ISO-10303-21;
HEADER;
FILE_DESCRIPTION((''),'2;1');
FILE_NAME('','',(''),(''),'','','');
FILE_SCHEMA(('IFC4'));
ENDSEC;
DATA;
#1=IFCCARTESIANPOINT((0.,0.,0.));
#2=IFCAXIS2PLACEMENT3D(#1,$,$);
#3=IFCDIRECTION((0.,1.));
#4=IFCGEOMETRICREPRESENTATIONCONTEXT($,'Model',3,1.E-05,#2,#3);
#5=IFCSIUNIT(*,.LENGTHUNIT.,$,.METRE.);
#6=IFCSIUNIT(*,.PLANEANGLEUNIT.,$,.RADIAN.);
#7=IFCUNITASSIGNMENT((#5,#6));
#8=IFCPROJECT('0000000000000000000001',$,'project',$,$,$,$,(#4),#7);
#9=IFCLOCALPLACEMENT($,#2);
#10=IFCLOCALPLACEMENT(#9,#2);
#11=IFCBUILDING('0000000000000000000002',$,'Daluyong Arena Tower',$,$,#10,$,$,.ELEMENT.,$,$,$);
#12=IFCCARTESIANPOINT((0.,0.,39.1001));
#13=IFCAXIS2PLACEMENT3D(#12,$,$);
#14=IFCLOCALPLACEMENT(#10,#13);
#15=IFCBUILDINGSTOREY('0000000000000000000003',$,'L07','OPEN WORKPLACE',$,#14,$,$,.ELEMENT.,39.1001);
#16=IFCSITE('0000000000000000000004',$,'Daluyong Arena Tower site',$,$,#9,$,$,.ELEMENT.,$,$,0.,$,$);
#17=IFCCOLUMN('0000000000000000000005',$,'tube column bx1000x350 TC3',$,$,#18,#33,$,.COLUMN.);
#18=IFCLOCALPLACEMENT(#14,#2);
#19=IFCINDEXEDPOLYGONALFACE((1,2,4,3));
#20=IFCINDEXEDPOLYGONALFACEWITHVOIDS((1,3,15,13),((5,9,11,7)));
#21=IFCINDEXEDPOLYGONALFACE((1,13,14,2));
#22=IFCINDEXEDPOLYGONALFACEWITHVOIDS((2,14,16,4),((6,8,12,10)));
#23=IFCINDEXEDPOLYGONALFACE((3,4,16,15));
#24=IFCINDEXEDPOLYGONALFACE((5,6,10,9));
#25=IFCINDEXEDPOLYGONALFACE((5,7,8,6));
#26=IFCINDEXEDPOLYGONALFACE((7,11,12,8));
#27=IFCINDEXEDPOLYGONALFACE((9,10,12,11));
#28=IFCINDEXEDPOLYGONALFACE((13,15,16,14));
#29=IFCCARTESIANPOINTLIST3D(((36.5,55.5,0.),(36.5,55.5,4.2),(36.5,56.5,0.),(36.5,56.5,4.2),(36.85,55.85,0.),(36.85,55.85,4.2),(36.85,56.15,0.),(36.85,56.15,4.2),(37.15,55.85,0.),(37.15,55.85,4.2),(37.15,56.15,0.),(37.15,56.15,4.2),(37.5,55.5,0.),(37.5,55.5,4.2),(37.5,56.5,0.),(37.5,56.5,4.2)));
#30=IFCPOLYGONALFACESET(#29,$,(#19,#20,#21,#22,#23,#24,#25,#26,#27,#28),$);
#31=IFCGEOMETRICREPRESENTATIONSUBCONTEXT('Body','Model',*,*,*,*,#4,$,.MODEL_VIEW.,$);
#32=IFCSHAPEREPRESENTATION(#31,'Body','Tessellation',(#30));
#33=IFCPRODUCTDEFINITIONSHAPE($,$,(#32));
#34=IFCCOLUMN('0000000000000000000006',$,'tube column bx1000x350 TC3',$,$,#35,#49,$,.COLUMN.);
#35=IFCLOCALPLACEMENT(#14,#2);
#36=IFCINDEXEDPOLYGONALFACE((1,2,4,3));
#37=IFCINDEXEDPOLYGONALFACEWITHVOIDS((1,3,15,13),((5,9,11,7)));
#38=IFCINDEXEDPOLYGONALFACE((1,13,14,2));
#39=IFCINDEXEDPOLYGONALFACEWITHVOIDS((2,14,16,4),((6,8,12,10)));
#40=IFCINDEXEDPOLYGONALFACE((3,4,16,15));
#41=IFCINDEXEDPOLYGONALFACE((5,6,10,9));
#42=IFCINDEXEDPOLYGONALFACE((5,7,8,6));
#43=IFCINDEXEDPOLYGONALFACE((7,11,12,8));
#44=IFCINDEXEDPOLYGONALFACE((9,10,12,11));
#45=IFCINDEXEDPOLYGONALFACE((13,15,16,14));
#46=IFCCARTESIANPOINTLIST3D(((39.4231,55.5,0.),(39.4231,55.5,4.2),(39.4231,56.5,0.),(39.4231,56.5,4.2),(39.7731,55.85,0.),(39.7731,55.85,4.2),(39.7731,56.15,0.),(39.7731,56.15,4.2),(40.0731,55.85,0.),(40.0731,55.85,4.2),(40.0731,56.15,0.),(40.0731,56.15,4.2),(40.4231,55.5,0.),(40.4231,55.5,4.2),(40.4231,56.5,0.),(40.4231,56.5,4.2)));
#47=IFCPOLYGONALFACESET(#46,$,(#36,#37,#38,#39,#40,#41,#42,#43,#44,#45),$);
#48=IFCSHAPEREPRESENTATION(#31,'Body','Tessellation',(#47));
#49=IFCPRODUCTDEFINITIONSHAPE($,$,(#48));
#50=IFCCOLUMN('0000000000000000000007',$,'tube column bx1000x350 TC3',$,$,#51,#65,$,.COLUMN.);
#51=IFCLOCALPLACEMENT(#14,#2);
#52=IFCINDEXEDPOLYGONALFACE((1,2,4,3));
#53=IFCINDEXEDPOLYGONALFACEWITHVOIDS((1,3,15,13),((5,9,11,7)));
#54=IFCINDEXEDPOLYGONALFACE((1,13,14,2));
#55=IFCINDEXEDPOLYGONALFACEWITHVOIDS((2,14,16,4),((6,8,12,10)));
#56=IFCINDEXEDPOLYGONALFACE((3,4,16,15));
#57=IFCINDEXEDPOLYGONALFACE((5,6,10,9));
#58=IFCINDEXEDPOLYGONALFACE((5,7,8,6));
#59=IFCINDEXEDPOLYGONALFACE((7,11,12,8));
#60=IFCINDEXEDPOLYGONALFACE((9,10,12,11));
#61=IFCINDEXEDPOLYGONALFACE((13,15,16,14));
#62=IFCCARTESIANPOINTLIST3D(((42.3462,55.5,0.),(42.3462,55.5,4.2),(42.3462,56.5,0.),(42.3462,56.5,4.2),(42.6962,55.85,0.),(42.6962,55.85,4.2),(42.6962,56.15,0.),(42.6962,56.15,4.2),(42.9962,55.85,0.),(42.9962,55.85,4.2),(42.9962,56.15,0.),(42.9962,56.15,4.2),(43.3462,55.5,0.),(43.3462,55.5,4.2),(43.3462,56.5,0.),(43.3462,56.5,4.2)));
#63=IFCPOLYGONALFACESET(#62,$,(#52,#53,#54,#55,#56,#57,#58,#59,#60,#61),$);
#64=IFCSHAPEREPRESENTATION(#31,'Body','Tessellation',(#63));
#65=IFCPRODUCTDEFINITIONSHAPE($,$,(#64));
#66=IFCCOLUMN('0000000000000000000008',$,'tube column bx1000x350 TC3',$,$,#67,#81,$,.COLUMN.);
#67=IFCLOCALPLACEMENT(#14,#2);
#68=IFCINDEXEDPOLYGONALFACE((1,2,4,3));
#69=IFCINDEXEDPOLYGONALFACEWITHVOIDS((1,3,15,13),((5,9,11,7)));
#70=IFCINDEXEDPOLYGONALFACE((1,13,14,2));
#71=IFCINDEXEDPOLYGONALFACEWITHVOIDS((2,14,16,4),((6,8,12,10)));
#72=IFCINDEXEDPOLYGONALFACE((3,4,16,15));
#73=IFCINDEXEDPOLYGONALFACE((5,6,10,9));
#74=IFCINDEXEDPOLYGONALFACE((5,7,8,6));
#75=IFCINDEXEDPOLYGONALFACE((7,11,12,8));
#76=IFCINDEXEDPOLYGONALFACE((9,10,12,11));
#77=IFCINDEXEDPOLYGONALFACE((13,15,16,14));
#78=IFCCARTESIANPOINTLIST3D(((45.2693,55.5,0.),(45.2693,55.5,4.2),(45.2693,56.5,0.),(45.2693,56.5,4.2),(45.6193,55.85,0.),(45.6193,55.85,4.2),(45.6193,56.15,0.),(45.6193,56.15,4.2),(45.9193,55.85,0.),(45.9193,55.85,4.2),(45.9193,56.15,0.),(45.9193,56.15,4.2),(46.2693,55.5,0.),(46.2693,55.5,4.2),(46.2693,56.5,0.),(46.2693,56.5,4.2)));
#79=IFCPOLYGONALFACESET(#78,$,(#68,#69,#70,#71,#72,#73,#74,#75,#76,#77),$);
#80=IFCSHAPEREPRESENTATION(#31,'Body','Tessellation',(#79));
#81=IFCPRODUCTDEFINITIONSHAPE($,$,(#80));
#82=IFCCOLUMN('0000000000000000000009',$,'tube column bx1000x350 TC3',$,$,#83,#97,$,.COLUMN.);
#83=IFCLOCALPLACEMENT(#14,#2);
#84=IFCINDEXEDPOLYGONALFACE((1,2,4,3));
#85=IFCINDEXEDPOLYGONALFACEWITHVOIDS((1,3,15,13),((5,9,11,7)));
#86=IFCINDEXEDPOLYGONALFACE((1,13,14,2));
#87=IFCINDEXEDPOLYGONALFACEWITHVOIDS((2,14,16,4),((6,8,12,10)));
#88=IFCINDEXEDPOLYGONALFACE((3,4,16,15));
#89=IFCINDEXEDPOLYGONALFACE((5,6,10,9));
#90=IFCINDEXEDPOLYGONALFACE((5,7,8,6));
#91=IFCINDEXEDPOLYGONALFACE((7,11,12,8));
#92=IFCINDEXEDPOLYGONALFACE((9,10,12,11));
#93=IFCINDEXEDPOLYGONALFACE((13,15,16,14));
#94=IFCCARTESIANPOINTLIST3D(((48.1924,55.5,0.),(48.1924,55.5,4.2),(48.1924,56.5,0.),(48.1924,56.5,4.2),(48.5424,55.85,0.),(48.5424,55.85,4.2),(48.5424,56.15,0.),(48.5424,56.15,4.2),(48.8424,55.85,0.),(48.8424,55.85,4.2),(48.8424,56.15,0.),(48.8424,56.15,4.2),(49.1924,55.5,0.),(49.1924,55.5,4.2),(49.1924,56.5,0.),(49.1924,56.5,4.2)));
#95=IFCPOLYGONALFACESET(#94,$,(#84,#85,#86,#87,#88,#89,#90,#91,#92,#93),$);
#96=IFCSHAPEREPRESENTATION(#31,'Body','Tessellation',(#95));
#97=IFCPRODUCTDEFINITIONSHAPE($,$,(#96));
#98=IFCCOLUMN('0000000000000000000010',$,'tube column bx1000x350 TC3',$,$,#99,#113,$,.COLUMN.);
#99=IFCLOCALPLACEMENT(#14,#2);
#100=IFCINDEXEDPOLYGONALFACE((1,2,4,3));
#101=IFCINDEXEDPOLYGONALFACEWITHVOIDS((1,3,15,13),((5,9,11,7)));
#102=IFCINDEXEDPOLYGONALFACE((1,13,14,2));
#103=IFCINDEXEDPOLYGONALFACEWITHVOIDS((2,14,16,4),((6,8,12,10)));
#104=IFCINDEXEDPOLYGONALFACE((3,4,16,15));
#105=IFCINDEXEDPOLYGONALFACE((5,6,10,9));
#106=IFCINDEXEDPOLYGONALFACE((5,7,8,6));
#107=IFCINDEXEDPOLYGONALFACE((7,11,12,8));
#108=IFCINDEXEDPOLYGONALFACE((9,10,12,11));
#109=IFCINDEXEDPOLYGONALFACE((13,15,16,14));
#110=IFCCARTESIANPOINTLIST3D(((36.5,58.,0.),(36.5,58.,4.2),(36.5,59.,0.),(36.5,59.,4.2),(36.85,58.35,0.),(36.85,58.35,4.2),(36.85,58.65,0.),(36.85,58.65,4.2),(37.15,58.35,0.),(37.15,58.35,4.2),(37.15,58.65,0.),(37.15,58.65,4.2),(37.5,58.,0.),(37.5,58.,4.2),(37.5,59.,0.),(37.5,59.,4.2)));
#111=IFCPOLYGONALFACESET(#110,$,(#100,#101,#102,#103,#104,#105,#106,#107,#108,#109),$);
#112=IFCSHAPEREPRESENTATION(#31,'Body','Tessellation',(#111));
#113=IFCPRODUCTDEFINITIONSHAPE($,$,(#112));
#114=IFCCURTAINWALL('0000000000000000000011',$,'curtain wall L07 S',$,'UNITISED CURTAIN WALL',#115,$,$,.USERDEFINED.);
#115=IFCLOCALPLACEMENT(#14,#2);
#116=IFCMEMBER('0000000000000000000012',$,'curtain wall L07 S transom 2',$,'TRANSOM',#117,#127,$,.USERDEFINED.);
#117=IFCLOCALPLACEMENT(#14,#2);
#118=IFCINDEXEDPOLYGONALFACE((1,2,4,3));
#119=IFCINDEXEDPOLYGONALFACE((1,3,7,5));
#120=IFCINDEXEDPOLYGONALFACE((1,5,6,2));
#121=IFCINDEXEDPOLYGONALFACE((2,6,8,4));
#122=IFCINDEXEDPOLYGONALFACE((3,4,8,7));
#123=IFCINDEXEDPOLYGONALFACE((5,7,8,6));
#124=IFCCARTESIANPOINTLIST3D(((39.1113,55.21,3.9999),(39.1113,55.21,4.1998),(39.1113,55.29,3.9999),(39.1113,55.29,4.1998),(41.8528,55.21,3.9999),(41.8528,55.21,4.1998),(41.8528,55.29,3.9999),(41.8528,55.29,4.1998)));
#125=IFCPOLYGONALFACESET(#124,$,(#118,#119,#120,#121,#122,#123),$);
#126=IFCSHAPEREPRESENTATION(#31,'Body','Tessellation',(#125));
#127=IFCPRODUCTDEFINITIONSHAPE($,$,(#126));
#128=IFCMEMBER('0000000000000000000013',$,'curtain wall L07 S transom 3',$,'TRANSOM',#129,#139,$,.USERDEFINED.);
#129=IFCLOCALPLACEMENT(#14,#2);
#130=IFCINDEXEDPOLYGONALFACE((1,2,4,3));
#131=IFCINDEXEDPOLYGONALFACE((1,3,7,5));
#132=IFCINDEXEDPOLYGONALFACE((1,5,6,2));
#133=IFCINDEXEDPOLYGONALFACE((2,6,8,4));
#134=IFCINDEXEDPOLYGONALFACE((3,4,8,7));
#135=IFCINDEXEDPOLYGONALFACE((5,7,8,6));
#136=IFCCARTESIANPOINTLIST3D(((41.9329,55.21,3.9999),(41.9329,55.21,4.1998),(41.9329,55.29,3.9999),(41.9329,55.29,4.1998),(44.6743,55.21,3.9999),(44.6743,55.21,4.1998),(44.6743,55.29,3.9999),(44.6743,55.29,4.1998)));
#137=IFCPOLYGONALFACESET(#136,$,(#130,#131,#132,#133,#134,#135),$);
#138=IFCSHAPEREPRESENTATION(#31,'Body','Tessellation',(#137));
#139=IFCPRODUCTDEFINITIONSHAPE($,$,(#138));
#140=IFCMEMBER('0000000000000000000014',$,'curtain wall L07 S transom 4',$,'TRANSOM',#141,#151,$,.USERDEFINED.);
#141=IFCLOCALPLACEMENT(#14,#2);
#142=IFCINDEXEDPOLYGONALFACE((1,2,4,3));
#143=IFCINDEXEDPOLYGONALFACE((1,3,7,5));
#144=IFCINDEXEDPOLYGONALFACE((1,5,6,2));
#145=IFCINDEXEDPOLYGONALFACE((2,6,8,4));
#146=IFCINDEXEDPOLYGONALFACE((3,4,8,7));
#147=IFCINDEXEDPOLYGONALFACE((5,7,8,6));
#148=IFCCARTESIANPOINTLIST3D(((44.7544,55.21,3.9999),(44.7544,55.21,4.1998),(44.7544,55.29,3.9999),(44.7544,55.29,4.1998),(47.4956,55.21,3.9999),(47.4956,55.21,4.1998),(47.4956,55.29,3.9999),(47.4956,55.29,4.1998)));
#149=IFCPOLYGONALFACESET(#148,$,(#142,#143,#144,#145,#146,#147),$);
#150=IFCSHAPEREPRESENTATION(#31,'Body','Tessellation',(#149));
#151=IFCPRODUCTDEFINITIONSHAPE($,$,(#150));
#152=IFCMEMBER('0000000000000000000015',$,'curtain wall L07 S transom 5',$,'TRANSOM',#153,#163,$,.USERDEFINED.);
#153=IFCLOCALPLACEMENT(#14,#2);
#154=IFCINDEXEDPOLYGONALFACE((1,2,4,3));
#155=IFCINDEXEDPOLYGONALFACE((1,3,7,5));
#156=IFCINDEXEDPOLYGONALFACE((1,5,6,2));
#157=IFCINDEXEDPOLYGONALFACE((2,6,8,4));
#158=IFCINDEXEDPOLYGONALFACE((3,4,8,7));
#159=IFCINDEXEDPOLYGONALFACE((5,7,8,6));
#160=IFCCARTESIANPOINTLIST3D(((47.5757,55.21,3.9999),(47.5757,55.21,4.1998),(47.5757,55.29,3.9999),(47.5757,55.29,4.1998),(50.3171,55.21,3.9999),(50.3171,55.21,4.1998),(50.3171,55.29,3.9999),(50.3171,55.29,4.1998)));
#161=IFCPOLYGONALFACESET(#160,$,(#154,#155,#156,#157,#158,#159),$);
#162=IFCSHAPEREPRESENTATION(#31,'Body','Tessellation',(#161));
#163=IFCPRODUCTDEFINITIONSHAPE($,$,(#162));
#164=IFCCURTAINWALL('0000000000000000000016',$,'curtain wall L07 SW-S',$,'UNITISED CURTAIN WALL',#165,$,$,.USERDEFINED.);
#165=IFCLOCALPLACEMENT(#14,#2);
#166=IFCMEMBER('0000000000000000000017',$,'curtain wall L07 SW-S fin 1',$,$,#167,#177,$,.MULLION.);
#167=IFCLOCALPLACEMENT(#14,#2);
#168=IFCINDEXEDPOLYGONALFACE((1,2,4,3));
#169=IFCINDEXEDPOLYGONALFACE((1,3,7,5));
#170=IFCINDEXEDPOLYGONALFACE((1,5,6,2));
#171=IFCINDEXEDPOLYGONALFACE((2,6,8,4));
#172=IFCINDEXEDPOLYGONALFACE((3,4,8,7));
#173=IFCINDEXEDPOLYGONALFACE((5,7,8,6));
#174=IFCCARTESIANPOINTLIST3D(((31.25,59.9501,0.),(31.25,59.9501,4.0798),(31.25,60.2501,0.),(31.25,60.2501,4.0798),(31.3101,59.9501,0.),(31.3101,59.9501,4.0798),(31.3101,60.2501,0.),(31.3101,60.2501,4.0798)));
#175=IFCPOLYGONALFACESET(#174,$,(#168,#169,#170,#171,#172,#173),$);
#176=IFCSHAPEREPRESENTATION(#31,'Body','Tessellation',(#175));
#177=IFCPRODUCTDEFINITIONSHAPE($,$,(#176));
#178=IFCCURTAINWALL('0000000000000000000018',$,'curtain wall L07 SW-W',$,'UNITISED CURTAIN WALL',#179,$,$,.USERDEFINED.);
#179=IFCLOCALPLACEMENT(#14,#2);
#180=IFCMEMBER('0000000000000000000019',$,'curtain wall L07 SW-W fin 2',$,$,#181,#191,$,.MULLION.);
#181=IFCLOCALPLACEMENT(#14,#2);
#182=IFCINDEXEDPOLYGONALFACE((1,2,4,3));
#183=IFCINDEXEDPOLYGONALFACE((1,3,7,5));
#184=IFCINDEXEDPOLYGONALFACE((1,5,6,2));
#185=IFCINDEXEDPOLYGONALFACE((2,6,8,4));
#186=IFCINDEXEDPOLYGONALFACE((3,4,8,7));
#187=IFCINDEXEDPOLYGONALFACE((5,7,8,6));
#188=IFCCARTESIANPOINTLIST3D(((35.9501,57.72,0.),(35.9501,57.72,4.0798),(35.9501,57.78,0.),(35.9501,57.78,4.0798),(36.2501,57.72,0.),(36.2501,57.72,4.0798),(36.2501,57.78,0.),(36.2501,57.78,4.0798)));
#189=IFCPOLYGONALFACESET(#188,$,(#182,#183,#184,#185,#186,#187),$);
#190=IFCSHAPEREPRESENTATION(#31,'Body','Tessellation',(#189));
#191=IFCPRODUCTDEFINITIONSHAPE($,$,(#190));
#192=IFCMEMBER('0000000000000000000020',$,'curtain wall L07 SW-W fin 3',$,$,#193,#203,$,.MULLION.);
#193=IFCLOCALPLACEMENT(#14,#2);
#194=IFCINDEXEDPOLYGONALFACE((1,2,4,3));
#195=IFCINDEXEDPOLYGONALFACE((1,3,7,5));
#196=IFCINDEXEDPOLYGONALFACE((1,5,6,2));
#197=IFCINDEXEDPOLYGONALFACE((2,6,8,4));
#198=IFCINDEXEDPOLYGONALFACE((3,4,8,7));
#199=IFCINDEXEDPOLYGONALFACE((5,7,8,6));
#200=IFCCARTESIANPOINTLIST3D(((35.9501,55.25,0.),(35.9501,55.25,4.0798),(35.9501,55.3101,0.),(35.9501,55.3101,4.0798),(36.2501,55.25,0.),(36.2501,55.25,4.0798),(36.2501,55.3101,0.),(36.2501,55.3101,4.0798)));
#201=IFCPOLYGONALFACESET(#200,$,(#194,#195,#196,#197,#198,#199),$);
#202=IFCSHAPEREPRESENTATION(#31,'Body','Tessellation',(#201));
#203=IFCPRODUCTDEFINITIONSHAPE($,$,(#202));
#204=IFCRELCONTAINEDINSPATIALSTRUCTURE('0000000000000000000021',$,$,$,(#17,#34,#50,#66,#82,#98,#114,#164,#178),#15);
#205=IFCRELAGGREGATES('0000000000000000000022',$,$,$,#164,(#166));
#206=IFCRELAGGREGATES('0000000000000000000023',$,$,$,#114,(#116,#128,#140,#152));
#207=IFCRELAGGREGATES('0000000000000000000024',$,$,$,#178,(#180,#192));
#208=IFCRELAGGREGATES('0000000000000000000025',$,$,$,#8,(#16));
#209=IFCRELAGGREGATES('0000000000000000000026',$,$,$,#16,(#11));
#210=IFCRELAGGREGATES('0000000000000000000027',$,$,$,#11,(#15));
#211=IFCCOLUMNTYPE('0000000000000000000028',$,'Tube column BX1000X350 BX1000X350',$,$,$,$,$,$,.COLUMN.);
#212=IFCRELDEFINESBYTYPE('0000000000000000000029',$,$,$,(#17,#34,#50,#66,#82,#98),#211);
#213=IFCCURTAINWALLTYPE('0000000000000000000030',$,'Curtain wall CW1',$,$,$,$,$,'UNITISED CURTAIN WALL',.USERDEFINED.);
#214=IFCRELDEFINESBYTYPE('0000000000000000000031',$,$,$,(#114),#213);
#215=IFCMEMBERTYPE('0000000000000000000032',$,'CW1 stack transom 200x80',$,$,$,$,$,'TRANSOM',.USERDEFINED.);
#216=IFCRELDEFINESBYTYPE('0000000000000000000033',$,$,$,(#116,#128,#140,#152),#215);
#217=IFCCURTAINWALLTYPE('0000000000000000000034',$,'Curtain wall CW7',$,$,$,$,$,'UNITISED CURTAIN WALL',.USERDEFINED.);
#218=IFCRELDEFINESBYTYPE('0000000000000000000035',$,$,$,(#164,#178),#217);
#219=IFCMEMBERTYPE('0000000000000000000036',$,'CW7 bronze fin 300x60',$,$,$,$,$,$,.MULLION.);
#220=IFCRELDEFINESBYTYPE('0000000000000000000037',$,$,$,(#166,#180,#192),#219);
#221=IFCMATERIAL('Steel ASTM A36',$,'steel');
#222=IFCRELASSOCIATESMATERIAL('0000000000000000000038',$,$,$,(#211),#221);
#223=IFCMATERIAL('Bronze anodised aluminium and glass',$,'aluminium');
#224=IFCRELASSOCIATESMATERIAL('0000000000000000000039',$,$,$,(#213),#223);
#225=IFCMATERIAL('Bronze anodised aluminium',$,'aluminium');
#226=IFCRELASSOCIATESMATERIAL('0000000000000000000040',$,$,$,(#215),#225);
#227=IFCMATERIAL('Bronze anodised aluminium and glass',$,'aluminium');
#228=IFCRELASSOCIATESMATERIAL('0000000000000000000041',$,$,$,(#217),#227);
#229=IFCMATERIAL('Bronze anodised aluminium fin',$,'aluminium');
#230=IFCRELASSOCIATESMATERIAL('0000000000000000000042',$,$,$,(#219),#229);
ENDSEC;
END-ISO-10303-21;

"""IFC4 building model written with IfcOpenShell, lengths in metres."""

from ifc_helpers import new_model, si_unit, direction, frame, origin, origin_2d, place, context, subcontext, project, spatial, rectangle, hollow_rectangle, extrude, material, material_profile, profile_set, type_object, element, aggregate, save


model = new_model("IFC4")

# Units and contexts
model_context = context("Model", 3, precision=1e-05, world=origin(), true_north=direction((0.0, 1.0)))
body_context = subcontext(model_context, "Body", "Model", "MODEL_VIEW")
ifc_project = project(units=[si_unit("LENGTHUNIT", "METRE"), si_unit("PLANEANGLEUNIT", "RADIAN")], contexts=[model_context])

# Site, building, storey
site_placement = place(None, origin())
site = spatial("IfcSite", under=ifc_project, at=site_placement, Name="Daluyong Arena Tower site", CompositionType="ELEMENT", RefElevation=0.0)
building_placement = place(site_placement, origin())
building = spatial("IfcBuilding", under=site, at=building_placement, Name="Daluyong Arena Tower", CompositionType="ELEMENT")
storey_placement = place(building_placement, frame((0.0, 0.0, 39.1001)))
storey = spatial("IfcBuildingStorey", under=building, at=storey_placement, Name="L07", Description="OPEN WORKPLACE", CompositionType="ELEMENT", Elevation=39.1001)

# Columns
ifc_material_1 = material(Name="Steel ASTM A36", Category="steel")
ifc_material_profile_1 = material_profile(ifc_material_1, hollow_rectangle(XDim=1.0, YDim=1.0, WallThickness=0.35, at=origin_2d()))
ifc_profile_set_1 = profile_set([ifc_material_profile_1], Name="Steel ASTM A36")
column_type = type_object("IfcColumnType", Name="Tube column BX1000X350 BX1000X350", PredefinedType="COLUMN", material=ifc_profile_set_1)
for number, where, z_axis, x_axis, name in (
    (1, (37.0, 56.0, 0.0), (0.0, 0.0, 1.0), (1.0, 0.0, 0.0), "tube column bx1000x350 TC3"),
    (2, (39.9231, 56.0, 0.0), (0.0, 0.0, 1.0), (1.0, 0.0, 0.0), "tube column bx1000x350 TC3"),
    (3, (42.8462, 56.0, 0.0), (0.0, 0.0, 1.0), (1.0, 0.0, 0.0), "tube column bx1000x350 TC3"),
    (4, (45.7693, 56.0, 0.0), (0.0, 0.0, 1.0), (1.0, 0.0, 0.0), "tube column bx1000x350 TC3"),
    (5, (48.6924, 56.0, 0.0), (0.0, 0.0, 1.0), (1.0, 0.0, 0.0), "tube column bx1000x350 TC3"),
    (6, (37.0, 58.5, 0.0), (0.0, 0.0, 1.0), (0.0, 1.0, 0.0), "tube column bx1000x350 TC3"),
):
    element("IfcColumn", number, at=place(storey_placement, frame(where, z_axis=z_axis, x_axis=x_axis)), inside=storey, type_object=column_type, Name=name, PredefinedType="COLUMN", context=body_context, shape_type="SweptSolid", body=[
        extrude(hollow_rectangle(XDim=1.0, YDim=1.0, WallThickness=0.35, at=origin_2d()), origin(), (0.0, 0.0, 1.0), 4.2),
    ])

# Curtain wall, members
ifc_material_2 = material(Name="Bronze anodised aluminium and glass", Category="aluminium")
curtain_wall_type_1 = type_object("IfcCurtainWallType", Name="Curtain wall CW1", ElementType="UNITISED CURTAIN WALL", PredefinedType="USERDEFINED", material=ifc_material_2)
curtain_wall_1_placement = place(storey_placement, origin())
curtain_wall_1 = element("IfcCurtainWall", 7, at=curtain_wall_1_placement, inside=storey, type_object=curtain_wall_type_1, Name="curtain wall L07 S", ObjectType="UNITISED CURTAIN WALL", PredefinedType="USERDEFINED")
ifc_material_3 = material(Name="Bronze anodised aluminium", Category="aluminium")
ifc_material_profile_2 = material_profile(ifc_material_3, rectangle(XDim=0.0801, YDim=0.2, at=origin_2d()))
ifc_profile_set_2 = profile_set([ifc_material_profile_2], Name="Bronze anodised aluminium")
member_type_1 = type_object("IfcMemberType", Name="CW1 stack transom 200x80", ElementType="TRANSOM", PredefinedType="USERDEFINED", material=ifc_profile_set_2)
member_1_placement = place(storey_placement, frame((39.1113, 55.25, 4.0999), z_axis=(1.0, 0.0, 0.0), x_axis=(0.0, 1.0, 0.0)))
member_1 = element("IfcMember", 8, at=member_1_placement, type_object=member_type_1, Name="curtain wall L07 S transom 2", ObjectType="TRANSOM", PredefinedType="USERDEFINED", context=body_context, shape_type="SweptSolid", body=[
    extrude(rectangle(XDim=0.0801, YDim=0.2, at=origin_2d()), origin(), (0.0, 0.0, 1.0), 2.7415),
])
member_2_placement = place(storey_placement, frame((41.9329, 55.25, 4.0999), z_axis=(1.0, 0.0, 0.0), x_axis=(0.0, 1.0, 0.0)))
member_2 = element("IfcMember", 9, at=member_2_placement, type_object=member_type_1, Name="curtain wall L07 S transom 3", ObjectType="TRANSOM", PredefinedType="USERDEFINED", context=body_context, shape_type="SweptSolid", body=[
    extrude(rectangle(XDim=0.0801, YDim=0.2, at=origin_2d()), origin(), (0.0, 0.0, 1.0), 2.7415),
])
member_3_placement = place(storey_placement, frame((44.7544, 55.25, 4.0999), z_axis=(1.0, 0.0, 0.0), x_axis=(0.0, 1.0, 0.0)))
member_3 = element("IfcMember", 10, at=member_3_placement, type_object=member_type_1, Name="curtain wall L07 S transom 4", ObjectType="TRANSOM", PredefinedType="USERDEFINED", context=body_context, shape_type="SweptSolid", body=[
    extrude(rectangle(XDim=0.0801, YDim=0.2, at=origin_2d()), origin(), (0.0, 0.0, 1.0), 2.7412),
])
member_4_placement = place(storey_placement, frame((47.5757, 55.25, 4.0999), z_axis=(1.0, 0.0, 0.0), x_axis=(0.0, 1.0, 0.0)))
member_4 = element("IfcMember", 11, at=member_4_placement, type_object=member_type_1, Name="curtain wall L07 S transom 5", ObjectType="TRANSOM", PredefinedType="USERDEFINED", context=body_context, shape_type="SweptSolid", body=[
    extrude(rectangle(XDim=0.0801, YDim=0.2, at=origin_2d()), origin(), (0.0, 0.0, 1.0), 2.7415),
])

# Curtain wall, member
ifc_material_4 = material(Name="Bronze anodised aluminium and glass", Category="aluminium")
curtain_wall_type_2 = type_object("IfcCurtainWallType", Name="Curtain wall CW7", ElementType="UNITISED CURTAIN WALL", PredefinedType="USERDEFINED", material=ifc_material_4)
curtain_wall_2_placement = place(storey_placement, origin())
curtain_wall_2 = element("IfcCurtainWall", 12, at=curtain_wall_2_placement, inside=storey, type_object=curtain_wall_type_2, Name="curtain wall L07 SW-S", ObjectType="UNITISED CURTAIN WALL", PredefinedType="USERDEFINED")
ifc_material_5 = material(Name="Bronze anodised aluminium fin", Category="aluminium")
ifc_material_profile_3 = material_profile(ifc_material_5, rectangle(XDim=0.3, YDim=0.0601, at=origin_2d()))
ifc_profile_set_3 = profile_set([ifc_material_profile_3], Name="Bronze anodised aluminium fin")
member_type_2 = type_object("IfcMemberType", Name="CW7 bronze fin 300x60", PredefinedType="MULLION", material=ifc_profile_set_3)
member_5_placement = place(storey_placement, frame((31.28, 60.1001, 0.0), z_axis=(0.0, 0.0, 1.0), x_axis=(0.0, 1.0, 0.0)))
member_5 = element("IfcMember", 13, at=member_5_placement, type_object=member_type_2, Name="curtain wall L07 SW-S fin 1", PredefinedType="MULLION", context=body_context, shape_type="SweptSolid", body=[
    extrude(rectangle(XDim=0.3, YDim=0.0601, at=origin_2d()), origin(), (0.0, 0.0, 1.0), 4.0798),
])
aggregate(curtain_wall_2, [member_5])

# Curtain wall, members
curtain_wall_3_placement = place(storey_placement, origin())
curtain_wall_3 = element("IfcCurtainWall", 14, at=curtain_wall_3_placement, inside=storey, type_object=curtain_wall_type_2, Name="curtain wall L07 SW-W", ObjectType="UNITISED CURTAIN WALL", PredefinedType="USERDEFINED")
member_6_placement = place(storey_placement, frame((36.1001, 57.75, 0.0), z_axis=(0.0, 0.0, 1.0), x_axis=(1.0, 0.0, 0.0)))
member_6 = element("IfcMember", 15, at=member_6_placement, type_object=member_type_2, Name="curtain wall L07 SW-W fin 2", PredefinedType="MULLION", context=body_context, shape_type="SweptSolid", body=[
    extrude(rectangle(XDim=0.3, YDim=0.0601, at=origin_2d()), origin(), (0.0, 0.0, 1.0), 4.0798),
])
member_7_placement = place(storey_placement, frame((36.1001, 55.28, 0.0), z_axis=(0.0, 0.0, 1.0), x_axis=(1.0, 0.0, 0.0)))
member_7 = element("IfcMember", 16, at=member_7_placement, type_object=member_type_2, Name="curtain wall L07 SW-W fin 3", PredefinedType="MULLION", context=body_context, shape_type="SweptSolid", body=[
    extrude(rectangle(XDim=0.3, YDim=0.0601, at=origin_2d()), origin(), (0.0, 0.0, 1.0), 4.0798),
])

aggregate(curtain_wall_1, [member_1, member_2, member_3, member_4])
aggregate(curtain_wall_3, [member_6, member_7])

save(model, "model.ifc")
